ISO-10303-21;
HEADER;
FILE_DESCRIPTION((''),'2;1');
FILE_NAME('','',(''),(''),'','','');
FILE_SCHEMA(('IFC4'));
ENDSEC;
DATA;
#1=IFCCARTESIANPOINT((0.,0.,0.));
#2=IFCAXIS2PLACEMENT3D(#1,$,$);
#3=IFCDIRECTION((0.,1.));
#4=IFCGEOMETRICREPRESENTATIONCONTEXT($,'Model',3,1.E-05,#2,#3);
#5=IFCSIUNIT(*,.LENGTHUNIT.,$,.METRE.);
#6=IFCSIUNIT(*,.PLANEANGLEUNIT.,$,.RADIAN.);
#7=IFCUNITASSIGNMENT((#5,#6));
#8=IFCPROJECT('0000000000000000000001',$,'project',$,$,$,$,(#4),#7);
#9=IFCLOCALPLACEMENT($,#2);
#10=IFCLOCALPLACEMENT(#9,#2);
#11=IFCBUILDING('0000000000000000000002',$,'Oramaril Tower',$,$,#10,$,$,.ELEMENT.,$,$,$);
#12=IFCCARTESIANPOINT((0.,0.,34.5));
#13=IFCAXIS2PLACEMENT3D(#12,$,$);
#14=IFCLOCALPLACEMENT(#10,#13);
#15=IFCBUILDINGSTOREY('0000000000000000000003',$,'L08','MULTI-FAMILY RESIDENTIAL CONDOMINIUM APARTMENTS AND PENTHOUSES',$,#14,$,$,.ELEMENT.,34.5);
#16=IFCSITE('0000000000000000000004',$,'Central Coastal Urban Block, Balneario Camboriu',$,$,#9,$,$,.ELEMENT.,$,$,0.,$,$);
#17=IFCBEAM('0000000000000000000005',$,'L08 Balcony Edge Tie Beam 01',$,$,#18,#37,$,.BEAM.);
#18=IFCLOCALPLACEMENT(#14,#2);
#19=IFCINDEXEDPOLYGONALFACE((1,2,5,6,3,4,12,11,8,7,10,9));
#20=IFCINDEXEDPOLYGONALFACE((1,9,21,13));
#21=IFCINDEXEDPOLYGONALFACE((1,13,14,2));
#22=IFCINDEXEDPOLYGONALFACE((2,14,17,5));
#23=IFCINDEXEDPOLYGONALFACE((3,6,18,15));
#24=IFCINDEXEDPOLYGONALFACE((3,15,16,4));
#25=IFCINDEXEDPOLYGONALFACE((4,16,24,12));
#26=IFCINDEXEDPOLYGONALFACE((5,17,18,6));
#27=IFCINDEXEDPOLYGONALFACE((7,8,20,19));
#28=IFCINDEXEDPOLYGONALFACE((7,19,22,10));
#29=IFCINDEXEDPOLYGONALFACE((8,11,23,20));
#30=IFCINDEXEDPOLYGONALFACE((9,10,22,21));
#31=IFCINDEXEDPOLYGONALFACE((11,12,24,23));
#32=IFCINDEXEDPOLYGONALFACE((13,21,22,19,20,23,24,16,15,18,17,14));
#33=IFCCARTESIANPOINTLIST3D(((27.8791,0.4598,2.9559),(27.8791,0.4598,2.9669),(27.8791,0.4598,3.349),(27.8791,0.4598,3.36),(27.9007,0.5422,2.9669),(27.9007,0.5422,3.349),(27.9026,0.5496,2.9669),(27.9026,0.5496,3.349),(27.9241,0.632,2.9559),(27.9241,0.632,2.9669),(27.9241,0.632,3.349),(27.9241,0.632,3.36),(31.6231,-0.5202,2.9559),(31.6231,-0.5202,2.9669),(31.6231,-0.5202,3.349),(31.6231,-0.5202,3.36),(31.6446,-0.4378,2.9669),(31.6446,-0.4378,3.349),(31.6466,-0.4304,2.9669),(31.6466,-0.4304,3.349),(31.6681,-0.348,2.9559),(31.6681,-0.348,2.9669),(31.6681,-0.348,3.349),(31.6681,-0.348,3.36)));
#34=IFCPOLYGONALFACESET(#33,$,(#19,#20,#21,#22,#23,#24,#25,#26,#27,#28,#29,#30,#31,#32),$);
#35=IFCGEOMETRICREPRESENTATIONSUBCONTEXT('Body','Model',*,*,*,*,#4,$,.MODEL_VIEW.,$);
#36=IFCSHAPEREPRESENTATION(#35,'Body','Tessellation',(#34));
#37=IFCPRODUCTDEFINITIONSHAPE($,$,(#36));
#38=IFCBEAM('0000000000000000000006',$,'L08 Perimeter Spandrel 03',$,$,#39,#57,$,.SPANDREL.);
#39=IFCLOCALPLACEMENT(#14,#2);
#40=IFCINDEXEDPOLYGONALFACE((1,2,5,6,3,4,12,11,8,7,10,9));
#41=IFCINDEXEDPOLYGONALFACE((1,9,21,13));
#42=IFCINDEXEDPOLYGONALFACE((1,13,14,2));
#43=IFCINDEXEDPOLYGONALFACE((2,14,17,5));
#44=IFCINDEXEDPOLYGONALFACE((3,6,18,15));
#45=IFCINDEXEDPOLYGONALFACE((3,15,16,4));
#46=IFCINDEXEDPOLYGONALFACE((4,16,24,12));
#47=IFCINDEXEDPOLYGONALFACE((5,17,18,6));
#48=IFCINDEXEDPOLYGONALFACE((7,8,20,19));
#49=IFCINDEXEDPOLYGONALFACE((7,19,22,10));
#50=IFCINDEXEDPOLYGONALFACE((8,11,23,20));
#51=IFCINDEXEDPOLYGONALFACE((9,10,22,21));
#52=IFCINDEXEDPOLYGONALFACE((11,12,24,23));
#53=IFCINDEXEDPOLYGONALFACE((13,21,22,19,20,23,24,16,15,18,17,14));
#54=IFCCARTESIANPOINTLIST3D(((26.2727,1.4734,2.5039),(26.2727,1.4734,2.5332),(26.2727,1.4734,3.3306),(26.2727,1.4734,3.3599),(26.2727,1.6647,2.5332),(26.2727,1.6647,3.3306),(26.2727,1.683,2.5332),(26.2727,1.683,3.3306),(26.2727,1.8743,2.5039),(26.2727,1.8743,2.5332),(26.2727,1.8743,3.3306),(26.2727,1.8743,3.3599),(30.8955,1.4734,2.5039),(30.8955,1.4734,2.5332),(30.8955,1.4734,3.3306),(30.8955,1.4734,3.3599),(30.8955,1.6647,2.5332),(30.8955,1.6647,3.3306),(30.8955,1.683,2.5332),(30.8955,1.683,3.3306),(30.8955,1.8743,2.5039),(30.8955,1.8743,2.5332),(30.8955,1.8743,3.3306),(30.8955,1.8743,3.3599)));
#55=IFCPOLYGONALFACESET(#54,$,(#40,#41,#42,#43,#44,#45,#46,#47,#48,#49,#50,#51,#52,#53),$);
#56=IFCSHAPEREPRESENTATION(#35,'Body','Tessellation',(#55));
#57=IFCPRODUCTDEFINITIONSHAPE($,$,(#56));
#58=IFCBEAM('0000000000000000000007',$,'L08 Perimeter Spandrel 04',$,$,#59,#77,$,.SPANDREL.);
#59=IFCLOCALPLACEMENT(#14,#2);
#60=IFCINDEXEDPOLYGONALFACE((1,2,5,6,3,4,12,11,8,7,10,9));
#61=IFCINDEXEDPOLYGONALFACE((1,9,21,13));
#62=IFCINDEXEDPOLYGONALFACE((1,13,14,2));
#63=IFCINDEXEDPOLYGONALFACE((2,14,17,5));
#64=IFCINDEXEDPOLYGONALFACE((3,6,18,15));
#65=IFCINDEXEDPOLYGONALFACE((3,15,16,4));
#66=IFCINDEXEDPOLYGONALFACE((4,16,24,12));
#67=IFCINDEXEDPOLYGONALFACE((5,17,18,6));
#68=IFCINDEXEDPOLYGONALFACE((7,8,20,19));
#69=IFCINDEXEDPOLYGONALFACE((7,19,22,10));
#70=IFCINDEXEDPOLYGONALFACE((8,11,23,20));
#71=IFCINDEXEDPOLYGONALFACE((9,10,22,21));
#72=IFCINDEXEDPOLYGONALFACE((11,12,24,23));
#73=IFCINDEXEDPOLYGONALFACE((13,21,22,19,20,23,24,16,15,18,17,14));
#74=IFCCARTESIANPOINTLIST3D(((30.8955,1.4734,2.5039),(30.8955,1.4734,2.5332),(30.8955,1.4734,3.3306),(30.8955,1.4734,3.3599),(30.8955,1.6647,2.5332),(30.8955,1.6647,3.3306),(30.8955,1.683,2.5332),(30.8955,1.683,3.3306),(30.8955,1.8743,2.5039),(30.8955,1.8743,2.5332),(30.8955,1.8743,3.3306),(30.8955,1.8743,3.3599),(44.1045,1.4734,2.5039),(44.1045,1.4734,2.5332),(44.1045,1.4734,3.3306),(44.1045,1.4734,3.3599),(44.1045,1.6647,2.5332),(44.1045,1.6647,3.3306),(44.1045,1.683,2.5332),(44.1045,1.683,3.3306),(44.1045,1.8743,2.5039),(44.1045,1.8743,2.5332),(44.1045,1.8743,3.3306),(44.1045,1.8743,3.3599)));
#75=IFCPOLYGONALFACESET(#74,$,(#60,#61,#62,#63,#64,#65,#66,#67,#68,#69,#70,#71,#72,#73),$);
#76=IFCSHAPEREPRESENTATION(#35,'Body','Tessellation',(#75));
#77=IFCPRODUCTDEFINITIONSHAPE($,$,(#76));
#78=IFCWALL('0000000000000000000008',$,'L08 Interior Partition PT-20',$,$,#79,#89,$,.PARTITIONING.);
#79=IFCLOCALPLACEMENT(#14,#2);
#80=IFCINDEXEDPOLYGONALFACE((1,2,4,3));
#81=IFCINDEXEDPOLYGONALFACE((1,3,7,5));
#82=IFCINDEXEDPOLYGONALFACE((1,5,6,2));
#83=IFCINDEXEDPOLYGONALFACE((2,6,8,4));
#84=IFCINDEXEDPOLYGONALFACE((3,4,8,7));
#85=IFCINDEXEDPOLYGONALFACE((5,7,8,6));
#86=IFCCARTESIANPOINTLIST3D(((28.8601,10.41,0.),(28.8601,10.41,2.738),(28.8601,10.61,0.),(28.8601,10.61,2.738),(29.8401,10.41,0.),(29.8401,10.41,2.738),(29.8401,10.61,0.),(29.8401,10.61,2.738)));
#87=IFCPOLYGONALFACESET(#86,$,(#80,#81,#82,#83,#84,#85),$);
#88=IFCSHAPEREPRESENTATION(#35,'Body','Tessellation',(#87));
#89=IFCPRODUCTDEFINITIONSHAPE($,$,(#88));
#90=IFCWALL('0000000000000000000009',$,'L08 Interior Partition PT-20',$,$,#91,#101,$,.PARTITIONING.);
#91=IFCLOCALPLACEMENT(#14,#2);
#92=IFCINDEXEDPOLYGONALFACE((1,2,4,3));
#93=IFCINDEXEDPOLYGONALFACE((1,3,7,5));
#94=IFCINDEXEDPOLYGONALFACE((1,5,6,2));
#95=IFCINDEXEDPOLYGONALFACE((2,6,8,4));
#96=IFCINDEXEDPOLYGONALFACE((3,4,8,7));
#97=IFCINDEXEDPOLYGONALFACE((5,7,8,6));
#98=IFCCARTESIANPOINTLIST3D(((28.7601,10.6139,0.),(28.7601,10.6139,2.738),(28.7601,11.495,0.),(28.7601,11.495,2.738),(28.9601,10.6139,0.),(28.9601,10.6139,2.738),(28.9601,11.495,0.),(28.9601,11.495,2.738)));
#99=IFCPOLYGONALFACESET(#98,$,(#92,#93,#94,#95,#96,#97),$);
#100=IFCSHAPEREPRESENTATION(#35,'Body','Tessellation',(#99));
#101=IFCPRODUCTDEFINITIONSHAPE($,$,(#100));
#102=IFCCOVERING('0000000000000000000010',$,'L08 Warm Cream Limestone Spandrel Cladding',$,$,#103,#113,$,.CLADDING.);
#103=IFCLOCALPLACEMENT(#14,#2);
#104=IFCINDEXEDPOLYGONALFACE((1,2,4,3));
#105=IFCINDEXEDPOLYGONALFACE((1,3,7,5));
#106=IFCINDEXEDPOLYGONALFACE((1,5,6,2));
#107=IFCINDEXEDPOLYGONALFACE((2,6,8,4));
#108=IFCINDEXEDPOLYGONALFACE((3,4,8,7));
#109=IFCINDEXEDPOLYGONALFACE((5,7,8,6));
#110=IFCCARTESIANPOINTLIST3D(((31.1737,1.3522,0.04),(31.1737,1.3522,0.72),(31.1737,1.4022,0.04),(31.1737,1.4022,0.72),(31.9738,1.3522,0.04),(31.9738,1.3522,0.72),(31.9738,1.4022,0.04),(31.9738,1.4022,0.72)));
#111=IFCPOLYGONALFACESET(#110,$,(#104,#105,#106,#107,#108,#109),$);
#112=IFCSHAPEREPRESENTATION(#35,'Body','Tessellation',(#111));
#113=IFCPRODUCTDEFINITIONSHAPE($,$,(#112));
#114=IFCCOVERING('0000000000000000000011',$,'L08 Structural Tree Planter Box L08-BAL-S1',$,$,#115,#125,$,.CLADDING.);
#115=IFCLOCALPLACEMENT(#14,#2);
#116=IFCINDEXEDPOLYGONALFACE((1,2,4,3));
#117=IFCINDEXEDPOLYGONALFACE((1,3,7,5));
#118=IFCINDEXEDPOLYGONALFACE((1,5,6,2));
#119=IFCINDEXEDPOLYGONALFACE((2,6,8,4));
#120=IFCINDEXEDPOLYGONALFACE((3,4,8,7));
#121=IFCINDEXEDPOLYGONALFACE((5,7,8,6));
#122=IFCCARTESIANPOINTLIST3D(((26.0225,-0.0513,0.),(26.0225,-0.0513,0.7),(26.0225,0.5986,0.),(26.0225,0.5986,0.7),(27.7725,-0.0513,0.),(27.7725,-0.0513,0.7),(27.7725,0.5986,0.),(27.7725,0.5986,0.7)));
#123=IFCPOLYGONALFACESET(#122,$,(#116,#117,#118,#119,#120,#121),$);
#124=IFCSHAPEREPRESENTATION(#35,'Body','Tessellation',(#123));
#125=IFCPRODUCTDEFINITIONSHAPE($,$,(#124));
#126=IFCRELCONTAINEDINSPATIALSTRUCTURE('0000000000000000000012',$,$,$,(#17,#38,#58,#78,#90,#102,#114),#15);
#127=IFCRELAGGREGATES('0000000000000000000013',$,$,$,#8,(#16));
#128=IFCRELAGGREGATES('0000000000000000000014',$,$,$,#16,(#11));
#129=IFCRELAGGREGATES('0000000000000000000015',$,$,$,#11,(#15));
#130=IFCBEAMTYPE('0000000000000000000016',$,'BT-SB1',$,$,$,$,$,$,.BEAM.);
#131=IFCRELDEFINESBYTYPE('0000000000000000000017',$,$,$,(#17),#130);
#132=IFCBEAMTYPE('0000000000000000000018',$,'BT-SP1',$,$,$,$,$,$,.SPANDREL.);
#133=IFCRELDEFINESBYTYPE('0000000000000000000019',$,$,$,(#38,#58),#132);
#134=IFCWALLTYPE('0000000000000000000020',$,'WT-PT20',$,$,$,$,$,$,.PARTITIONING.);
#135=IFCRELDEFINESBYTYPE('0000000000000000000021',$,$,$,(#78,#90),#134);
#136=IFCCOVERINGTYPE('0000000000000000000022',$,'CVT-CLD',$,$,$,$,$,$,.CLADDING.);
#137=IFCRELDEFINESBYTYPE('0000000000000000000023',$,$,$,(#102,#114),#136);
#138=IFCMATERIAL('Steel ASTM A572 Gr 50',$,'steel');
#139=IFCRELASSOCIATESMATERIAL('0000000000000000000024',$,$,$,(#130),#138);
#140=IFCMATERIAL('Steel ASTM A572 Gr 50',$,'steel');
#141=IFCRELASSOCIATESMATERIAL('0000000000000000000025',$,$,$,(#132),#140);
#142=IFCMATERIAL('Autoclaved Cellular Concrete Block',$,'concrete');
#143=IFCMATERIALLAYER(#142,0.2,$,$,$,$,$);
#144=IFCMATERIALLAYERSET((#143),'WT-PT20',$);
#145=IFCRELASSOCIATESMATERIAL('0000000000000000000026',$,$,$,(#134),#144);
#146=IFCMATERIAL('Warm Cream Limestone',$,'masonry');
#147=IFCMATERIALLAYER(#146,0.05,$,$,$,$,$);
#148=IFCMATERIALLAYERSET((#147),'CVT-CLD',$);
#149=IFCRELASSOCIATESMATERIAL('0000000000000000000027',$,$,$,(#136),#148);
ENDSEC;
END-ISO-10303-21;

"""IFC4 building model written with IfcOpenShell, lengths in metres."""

from ifc_helpers import new_model, si_unit, direction, frame, frame_2d, origin, origin_2d, place, context, subcontext, project, spatial, rectangle, i_section, extrude, material, layer, layer_set, material_profile, profile_set, type_object, element, save


model = new_model("IFC4")

# Units and contexts
model_context = context("Model", 3, precision=1e-05, world=origin(), true_north=direction((0.0, 1.0)))
body_context = subcontext(model_context, "Body", "Model", "MODEL_VIEW")
ifc_project = project(units=[si_unit("LENGTHUNIT", "METRE"), si_unit("PLANEANGLEUNIT", "RADIAN")], contexts=[model_context])

# Site, building, storey
site_placement = place(None, origin())
site = spatial("IfcSite", under=ifc_project, at=site_placement, Name="Central Coastal Urban Block, Balneario Camboriu", CompositionType="ELEMENT", RefElevation=0.0)
building_placement = place(site_placement, origin())
building = spatial("IfcBuilding", under=site, at=building_placement, Name="Oramaril Tower", CompositionType="ELEMENT")
storey_placement = place(building_placement, frame((0.0, 0.0, 34.5)))
storey = spatial("IfcBuildingStorey", under=building, at=storey_placement, Name="L08", Description="MULTI-FAMILY RESIDENTIAL CONDOMINIUM APARTMENTS AND PENTHOUSES", CompositionType="ELEMENT", Elevation=34.5)

# Beams
ifc_material_1 = material(Name="Steel ASTM A572 Gr 50", Category="steel")
ifc_material_profile_1 = material_profile(ifc_material_1, i_section(OverallWidth=0.178, OverallDepth=0.4041, WebThickness=0.0076, FlangeThickness=0.011, at=origin_2d()), Name="W16X36")
ifc_profile_set_1 = profile_set([ifc_material_profile_1], Name="Steel ASTM A572 Gr 50")
beam_type_1 = type_object("IfcBeamType", Name="BT-SB1", PredefinedType="BEAM", material=ifc_profile_set_1)
beam_1_placement = place(storey_placement, frame((27.9016, 0.5459, 3.158), z_axis=(0.967408, -0.253223, 0.0), x_axis=(0.253223, 0.967408, 0.0)))
element("IfcBeam", 1, at=beam_1_placement, inside=storey, type_object=beam_type_1, Name="L08 Balcony Edge Tie Beam 01", PredefinedType="BEAM", context=body_context, shape_type="SweptSolid", body=[
    extrude(i_section(OverallWidth=0.178, OverallDepth=0.4041, WebThickness=0.0076, FlangeThickness=0.011, at=origin_2d()), origin(), (0.0, 0.0, 1.0), 3.8701),
])
ifc_material_2 = material(Name="Steel ASTM A572 Gr 50", Category="steel")
ifc_material_profile_2 = material_profile(ifc_material_2, i_section(OverallWidth=0.4009, OverallDepth=0.856, WebThickness=0.0183, FlangeThickness=0.0293, at=origin_2d()), Name="W33X201")
ifc_profile_set_2 = profile_set([ifc_material_profile_2], Name="Steel ASTM A572 Gr 50")
beam_type_2 = type_object("IfcBeamType", Name="BT-SP1", PredefinedType="SPANDREL", material=ifc_profile_set_2)
beam_2_placement = place(storey_placement, frame((26.2727, 1.6738, 2.9319), z_axis=(1.0, 0.0, 0.0), x_axis=(0.0, 1.0, 0.0)))
element("IfcBeam", 2, at=beam_2_placement, inside=storey, type_object=beam_type_2, Name="L08 Perimeter Spandrel 03", PredefinedType="SPANDREL", context=body_context, shape_type="SweptSolid", body=[
    extrude(i_section(OverallWidth=0.4009, OverallDepth=0.856, WebThickness=0.0183, FlangeThickness=0.0293, at=origin_2d()), origin(), (0.0, 0.0, 1.0), 4.6228),
])
beam_3_placement = place(storey_placement, frame((30.8955, 1.6738, 2.9319), z_axis=(1.0, 0.0, 0.0), x_axis=(0.0, 1.0, 0.0)))
element("IfcBeam", 3, at=beam_3_placement, inside=storey, type_object=beam_type_2, Name="L08 Perimeter Spandrel 04", PredefinedType="SPANDREL", context=body_context, shape_type="SweptSolid", body=[
    extrude(i_section(OverallWidth=0.4009, OverallDepth=0.856, WebThickness=0.0183, FlangeThickness=0.0293, at=origin_2d()), origin(), (0.0, 0.0, 1.0), 13.209),
])

# Walls
ifc_material_3 = material(Name="Autoclaved Cellular Concrete Block", Category="concrete")
ifc_layer_1 = layer(ifc_material_3, 0.2)
ifc_layer_set_1 = layer_set([ifc_layer_1], Name="WT-PT20")
wall_type = type_object("IfcWallType", Name="WT-PT20", PredefinedType="PARTITIONING", material=ifc_layer_set_1)
wall_1_placement = place(storey_placement, frame((28.8601, 10.51, 0.0), z_axis=(0.0, 0.0, 1.0), x_axis=(1.0, 0.0, 0.0)))
element("IfcWall", 4, at=wall_1_placement, inside=storey, type_object=wall_type, Name="L08 Interior Partition PT-20", PredefinedType="PARTITIONING", context=body_context, shape_type="SweptSolid", body=[
    extrude(rectangle(XDim=0.98, YDim=0.2, at=frame_2d((0.49, 0.0))), origin(), (0.0, 0.0, 1.0), 2.738),
])
wall_2_placement = place(storey_placement, frame((28.8601, 10.614, 0.0), z_axis=(0.0, 0.0, 1.0), x_axis=(0.0, 1.0, 0.0)))
element("IfcWall", 5, at=wall_2_placement, inside=storey, type_object=wall_type, Name="L08 Interior Partition PT-20", PredefinedType="PARTITIONING", context=body_context, shape_type="SweptSolid", body=[
    extrude(rectangle(XDim=0.8811, YDim=0.2, at=frame_2d((0.4404, 0.0))), origin(), (0.0, 0.0, 1.0), 2.738),
])

# Coverings
ifc_material_4 = material(Name="Warm Cream Limestone", Category="masonry")
ifc_layer_2 = layer(ifc_material_4, 0.05)
ifc_layer_set_2 = layer_set([ifc_layer_2], Name="CVT-CLD")
covering_type = type_object("IfcCoveringType", Name="CVT-CLD", PredefinedType="CLADDING", material=ifc_layer_set_2)
covering_1_placement = place(storey_placement, frame((31.5737, 1.3772, 0.04), z_axis=(0.0, 0.0, 1.0), x_axis=(1.0, 0.0, 0.0)))
element("IfcCovering", 6, at=covering_1_placement, inside=storey, type_object=covering_type, Name="L08 Warm Cream Limestone Spandrel Cladding", PredefinedType="CLADDING", context=body_context, shape_type="SweptSolid", body=[
    extrude(rectangle(XDim=0.8, YDim=0.05, at=origin_2d()), origin(), (0.0, 0.0, 1.0), 0.6799),
])
covering_2_placement = place(storey_placement, frame((26.8975, 0.2737, 0.0), z_axis=(0.0, 0.0, 1.0), x_axis=(1.0, 0.0, 0.0)))
element("IfcCovering", 7, at=covering_2_placement, inside=storey, type_object=covering_type, Name="L08 Structural Tree Planter Box L08-BAL-S1", PredefinedType="CLADDING", context=body_context, shape_type="SweptSolid", body=[
    extrude(rectangle(XDim=1.75, YDim=0.6499, at=origin_2d()), origin(), (0.0, 0.0, 1.0), 0.7),
])

save(model, "model.ifc")
